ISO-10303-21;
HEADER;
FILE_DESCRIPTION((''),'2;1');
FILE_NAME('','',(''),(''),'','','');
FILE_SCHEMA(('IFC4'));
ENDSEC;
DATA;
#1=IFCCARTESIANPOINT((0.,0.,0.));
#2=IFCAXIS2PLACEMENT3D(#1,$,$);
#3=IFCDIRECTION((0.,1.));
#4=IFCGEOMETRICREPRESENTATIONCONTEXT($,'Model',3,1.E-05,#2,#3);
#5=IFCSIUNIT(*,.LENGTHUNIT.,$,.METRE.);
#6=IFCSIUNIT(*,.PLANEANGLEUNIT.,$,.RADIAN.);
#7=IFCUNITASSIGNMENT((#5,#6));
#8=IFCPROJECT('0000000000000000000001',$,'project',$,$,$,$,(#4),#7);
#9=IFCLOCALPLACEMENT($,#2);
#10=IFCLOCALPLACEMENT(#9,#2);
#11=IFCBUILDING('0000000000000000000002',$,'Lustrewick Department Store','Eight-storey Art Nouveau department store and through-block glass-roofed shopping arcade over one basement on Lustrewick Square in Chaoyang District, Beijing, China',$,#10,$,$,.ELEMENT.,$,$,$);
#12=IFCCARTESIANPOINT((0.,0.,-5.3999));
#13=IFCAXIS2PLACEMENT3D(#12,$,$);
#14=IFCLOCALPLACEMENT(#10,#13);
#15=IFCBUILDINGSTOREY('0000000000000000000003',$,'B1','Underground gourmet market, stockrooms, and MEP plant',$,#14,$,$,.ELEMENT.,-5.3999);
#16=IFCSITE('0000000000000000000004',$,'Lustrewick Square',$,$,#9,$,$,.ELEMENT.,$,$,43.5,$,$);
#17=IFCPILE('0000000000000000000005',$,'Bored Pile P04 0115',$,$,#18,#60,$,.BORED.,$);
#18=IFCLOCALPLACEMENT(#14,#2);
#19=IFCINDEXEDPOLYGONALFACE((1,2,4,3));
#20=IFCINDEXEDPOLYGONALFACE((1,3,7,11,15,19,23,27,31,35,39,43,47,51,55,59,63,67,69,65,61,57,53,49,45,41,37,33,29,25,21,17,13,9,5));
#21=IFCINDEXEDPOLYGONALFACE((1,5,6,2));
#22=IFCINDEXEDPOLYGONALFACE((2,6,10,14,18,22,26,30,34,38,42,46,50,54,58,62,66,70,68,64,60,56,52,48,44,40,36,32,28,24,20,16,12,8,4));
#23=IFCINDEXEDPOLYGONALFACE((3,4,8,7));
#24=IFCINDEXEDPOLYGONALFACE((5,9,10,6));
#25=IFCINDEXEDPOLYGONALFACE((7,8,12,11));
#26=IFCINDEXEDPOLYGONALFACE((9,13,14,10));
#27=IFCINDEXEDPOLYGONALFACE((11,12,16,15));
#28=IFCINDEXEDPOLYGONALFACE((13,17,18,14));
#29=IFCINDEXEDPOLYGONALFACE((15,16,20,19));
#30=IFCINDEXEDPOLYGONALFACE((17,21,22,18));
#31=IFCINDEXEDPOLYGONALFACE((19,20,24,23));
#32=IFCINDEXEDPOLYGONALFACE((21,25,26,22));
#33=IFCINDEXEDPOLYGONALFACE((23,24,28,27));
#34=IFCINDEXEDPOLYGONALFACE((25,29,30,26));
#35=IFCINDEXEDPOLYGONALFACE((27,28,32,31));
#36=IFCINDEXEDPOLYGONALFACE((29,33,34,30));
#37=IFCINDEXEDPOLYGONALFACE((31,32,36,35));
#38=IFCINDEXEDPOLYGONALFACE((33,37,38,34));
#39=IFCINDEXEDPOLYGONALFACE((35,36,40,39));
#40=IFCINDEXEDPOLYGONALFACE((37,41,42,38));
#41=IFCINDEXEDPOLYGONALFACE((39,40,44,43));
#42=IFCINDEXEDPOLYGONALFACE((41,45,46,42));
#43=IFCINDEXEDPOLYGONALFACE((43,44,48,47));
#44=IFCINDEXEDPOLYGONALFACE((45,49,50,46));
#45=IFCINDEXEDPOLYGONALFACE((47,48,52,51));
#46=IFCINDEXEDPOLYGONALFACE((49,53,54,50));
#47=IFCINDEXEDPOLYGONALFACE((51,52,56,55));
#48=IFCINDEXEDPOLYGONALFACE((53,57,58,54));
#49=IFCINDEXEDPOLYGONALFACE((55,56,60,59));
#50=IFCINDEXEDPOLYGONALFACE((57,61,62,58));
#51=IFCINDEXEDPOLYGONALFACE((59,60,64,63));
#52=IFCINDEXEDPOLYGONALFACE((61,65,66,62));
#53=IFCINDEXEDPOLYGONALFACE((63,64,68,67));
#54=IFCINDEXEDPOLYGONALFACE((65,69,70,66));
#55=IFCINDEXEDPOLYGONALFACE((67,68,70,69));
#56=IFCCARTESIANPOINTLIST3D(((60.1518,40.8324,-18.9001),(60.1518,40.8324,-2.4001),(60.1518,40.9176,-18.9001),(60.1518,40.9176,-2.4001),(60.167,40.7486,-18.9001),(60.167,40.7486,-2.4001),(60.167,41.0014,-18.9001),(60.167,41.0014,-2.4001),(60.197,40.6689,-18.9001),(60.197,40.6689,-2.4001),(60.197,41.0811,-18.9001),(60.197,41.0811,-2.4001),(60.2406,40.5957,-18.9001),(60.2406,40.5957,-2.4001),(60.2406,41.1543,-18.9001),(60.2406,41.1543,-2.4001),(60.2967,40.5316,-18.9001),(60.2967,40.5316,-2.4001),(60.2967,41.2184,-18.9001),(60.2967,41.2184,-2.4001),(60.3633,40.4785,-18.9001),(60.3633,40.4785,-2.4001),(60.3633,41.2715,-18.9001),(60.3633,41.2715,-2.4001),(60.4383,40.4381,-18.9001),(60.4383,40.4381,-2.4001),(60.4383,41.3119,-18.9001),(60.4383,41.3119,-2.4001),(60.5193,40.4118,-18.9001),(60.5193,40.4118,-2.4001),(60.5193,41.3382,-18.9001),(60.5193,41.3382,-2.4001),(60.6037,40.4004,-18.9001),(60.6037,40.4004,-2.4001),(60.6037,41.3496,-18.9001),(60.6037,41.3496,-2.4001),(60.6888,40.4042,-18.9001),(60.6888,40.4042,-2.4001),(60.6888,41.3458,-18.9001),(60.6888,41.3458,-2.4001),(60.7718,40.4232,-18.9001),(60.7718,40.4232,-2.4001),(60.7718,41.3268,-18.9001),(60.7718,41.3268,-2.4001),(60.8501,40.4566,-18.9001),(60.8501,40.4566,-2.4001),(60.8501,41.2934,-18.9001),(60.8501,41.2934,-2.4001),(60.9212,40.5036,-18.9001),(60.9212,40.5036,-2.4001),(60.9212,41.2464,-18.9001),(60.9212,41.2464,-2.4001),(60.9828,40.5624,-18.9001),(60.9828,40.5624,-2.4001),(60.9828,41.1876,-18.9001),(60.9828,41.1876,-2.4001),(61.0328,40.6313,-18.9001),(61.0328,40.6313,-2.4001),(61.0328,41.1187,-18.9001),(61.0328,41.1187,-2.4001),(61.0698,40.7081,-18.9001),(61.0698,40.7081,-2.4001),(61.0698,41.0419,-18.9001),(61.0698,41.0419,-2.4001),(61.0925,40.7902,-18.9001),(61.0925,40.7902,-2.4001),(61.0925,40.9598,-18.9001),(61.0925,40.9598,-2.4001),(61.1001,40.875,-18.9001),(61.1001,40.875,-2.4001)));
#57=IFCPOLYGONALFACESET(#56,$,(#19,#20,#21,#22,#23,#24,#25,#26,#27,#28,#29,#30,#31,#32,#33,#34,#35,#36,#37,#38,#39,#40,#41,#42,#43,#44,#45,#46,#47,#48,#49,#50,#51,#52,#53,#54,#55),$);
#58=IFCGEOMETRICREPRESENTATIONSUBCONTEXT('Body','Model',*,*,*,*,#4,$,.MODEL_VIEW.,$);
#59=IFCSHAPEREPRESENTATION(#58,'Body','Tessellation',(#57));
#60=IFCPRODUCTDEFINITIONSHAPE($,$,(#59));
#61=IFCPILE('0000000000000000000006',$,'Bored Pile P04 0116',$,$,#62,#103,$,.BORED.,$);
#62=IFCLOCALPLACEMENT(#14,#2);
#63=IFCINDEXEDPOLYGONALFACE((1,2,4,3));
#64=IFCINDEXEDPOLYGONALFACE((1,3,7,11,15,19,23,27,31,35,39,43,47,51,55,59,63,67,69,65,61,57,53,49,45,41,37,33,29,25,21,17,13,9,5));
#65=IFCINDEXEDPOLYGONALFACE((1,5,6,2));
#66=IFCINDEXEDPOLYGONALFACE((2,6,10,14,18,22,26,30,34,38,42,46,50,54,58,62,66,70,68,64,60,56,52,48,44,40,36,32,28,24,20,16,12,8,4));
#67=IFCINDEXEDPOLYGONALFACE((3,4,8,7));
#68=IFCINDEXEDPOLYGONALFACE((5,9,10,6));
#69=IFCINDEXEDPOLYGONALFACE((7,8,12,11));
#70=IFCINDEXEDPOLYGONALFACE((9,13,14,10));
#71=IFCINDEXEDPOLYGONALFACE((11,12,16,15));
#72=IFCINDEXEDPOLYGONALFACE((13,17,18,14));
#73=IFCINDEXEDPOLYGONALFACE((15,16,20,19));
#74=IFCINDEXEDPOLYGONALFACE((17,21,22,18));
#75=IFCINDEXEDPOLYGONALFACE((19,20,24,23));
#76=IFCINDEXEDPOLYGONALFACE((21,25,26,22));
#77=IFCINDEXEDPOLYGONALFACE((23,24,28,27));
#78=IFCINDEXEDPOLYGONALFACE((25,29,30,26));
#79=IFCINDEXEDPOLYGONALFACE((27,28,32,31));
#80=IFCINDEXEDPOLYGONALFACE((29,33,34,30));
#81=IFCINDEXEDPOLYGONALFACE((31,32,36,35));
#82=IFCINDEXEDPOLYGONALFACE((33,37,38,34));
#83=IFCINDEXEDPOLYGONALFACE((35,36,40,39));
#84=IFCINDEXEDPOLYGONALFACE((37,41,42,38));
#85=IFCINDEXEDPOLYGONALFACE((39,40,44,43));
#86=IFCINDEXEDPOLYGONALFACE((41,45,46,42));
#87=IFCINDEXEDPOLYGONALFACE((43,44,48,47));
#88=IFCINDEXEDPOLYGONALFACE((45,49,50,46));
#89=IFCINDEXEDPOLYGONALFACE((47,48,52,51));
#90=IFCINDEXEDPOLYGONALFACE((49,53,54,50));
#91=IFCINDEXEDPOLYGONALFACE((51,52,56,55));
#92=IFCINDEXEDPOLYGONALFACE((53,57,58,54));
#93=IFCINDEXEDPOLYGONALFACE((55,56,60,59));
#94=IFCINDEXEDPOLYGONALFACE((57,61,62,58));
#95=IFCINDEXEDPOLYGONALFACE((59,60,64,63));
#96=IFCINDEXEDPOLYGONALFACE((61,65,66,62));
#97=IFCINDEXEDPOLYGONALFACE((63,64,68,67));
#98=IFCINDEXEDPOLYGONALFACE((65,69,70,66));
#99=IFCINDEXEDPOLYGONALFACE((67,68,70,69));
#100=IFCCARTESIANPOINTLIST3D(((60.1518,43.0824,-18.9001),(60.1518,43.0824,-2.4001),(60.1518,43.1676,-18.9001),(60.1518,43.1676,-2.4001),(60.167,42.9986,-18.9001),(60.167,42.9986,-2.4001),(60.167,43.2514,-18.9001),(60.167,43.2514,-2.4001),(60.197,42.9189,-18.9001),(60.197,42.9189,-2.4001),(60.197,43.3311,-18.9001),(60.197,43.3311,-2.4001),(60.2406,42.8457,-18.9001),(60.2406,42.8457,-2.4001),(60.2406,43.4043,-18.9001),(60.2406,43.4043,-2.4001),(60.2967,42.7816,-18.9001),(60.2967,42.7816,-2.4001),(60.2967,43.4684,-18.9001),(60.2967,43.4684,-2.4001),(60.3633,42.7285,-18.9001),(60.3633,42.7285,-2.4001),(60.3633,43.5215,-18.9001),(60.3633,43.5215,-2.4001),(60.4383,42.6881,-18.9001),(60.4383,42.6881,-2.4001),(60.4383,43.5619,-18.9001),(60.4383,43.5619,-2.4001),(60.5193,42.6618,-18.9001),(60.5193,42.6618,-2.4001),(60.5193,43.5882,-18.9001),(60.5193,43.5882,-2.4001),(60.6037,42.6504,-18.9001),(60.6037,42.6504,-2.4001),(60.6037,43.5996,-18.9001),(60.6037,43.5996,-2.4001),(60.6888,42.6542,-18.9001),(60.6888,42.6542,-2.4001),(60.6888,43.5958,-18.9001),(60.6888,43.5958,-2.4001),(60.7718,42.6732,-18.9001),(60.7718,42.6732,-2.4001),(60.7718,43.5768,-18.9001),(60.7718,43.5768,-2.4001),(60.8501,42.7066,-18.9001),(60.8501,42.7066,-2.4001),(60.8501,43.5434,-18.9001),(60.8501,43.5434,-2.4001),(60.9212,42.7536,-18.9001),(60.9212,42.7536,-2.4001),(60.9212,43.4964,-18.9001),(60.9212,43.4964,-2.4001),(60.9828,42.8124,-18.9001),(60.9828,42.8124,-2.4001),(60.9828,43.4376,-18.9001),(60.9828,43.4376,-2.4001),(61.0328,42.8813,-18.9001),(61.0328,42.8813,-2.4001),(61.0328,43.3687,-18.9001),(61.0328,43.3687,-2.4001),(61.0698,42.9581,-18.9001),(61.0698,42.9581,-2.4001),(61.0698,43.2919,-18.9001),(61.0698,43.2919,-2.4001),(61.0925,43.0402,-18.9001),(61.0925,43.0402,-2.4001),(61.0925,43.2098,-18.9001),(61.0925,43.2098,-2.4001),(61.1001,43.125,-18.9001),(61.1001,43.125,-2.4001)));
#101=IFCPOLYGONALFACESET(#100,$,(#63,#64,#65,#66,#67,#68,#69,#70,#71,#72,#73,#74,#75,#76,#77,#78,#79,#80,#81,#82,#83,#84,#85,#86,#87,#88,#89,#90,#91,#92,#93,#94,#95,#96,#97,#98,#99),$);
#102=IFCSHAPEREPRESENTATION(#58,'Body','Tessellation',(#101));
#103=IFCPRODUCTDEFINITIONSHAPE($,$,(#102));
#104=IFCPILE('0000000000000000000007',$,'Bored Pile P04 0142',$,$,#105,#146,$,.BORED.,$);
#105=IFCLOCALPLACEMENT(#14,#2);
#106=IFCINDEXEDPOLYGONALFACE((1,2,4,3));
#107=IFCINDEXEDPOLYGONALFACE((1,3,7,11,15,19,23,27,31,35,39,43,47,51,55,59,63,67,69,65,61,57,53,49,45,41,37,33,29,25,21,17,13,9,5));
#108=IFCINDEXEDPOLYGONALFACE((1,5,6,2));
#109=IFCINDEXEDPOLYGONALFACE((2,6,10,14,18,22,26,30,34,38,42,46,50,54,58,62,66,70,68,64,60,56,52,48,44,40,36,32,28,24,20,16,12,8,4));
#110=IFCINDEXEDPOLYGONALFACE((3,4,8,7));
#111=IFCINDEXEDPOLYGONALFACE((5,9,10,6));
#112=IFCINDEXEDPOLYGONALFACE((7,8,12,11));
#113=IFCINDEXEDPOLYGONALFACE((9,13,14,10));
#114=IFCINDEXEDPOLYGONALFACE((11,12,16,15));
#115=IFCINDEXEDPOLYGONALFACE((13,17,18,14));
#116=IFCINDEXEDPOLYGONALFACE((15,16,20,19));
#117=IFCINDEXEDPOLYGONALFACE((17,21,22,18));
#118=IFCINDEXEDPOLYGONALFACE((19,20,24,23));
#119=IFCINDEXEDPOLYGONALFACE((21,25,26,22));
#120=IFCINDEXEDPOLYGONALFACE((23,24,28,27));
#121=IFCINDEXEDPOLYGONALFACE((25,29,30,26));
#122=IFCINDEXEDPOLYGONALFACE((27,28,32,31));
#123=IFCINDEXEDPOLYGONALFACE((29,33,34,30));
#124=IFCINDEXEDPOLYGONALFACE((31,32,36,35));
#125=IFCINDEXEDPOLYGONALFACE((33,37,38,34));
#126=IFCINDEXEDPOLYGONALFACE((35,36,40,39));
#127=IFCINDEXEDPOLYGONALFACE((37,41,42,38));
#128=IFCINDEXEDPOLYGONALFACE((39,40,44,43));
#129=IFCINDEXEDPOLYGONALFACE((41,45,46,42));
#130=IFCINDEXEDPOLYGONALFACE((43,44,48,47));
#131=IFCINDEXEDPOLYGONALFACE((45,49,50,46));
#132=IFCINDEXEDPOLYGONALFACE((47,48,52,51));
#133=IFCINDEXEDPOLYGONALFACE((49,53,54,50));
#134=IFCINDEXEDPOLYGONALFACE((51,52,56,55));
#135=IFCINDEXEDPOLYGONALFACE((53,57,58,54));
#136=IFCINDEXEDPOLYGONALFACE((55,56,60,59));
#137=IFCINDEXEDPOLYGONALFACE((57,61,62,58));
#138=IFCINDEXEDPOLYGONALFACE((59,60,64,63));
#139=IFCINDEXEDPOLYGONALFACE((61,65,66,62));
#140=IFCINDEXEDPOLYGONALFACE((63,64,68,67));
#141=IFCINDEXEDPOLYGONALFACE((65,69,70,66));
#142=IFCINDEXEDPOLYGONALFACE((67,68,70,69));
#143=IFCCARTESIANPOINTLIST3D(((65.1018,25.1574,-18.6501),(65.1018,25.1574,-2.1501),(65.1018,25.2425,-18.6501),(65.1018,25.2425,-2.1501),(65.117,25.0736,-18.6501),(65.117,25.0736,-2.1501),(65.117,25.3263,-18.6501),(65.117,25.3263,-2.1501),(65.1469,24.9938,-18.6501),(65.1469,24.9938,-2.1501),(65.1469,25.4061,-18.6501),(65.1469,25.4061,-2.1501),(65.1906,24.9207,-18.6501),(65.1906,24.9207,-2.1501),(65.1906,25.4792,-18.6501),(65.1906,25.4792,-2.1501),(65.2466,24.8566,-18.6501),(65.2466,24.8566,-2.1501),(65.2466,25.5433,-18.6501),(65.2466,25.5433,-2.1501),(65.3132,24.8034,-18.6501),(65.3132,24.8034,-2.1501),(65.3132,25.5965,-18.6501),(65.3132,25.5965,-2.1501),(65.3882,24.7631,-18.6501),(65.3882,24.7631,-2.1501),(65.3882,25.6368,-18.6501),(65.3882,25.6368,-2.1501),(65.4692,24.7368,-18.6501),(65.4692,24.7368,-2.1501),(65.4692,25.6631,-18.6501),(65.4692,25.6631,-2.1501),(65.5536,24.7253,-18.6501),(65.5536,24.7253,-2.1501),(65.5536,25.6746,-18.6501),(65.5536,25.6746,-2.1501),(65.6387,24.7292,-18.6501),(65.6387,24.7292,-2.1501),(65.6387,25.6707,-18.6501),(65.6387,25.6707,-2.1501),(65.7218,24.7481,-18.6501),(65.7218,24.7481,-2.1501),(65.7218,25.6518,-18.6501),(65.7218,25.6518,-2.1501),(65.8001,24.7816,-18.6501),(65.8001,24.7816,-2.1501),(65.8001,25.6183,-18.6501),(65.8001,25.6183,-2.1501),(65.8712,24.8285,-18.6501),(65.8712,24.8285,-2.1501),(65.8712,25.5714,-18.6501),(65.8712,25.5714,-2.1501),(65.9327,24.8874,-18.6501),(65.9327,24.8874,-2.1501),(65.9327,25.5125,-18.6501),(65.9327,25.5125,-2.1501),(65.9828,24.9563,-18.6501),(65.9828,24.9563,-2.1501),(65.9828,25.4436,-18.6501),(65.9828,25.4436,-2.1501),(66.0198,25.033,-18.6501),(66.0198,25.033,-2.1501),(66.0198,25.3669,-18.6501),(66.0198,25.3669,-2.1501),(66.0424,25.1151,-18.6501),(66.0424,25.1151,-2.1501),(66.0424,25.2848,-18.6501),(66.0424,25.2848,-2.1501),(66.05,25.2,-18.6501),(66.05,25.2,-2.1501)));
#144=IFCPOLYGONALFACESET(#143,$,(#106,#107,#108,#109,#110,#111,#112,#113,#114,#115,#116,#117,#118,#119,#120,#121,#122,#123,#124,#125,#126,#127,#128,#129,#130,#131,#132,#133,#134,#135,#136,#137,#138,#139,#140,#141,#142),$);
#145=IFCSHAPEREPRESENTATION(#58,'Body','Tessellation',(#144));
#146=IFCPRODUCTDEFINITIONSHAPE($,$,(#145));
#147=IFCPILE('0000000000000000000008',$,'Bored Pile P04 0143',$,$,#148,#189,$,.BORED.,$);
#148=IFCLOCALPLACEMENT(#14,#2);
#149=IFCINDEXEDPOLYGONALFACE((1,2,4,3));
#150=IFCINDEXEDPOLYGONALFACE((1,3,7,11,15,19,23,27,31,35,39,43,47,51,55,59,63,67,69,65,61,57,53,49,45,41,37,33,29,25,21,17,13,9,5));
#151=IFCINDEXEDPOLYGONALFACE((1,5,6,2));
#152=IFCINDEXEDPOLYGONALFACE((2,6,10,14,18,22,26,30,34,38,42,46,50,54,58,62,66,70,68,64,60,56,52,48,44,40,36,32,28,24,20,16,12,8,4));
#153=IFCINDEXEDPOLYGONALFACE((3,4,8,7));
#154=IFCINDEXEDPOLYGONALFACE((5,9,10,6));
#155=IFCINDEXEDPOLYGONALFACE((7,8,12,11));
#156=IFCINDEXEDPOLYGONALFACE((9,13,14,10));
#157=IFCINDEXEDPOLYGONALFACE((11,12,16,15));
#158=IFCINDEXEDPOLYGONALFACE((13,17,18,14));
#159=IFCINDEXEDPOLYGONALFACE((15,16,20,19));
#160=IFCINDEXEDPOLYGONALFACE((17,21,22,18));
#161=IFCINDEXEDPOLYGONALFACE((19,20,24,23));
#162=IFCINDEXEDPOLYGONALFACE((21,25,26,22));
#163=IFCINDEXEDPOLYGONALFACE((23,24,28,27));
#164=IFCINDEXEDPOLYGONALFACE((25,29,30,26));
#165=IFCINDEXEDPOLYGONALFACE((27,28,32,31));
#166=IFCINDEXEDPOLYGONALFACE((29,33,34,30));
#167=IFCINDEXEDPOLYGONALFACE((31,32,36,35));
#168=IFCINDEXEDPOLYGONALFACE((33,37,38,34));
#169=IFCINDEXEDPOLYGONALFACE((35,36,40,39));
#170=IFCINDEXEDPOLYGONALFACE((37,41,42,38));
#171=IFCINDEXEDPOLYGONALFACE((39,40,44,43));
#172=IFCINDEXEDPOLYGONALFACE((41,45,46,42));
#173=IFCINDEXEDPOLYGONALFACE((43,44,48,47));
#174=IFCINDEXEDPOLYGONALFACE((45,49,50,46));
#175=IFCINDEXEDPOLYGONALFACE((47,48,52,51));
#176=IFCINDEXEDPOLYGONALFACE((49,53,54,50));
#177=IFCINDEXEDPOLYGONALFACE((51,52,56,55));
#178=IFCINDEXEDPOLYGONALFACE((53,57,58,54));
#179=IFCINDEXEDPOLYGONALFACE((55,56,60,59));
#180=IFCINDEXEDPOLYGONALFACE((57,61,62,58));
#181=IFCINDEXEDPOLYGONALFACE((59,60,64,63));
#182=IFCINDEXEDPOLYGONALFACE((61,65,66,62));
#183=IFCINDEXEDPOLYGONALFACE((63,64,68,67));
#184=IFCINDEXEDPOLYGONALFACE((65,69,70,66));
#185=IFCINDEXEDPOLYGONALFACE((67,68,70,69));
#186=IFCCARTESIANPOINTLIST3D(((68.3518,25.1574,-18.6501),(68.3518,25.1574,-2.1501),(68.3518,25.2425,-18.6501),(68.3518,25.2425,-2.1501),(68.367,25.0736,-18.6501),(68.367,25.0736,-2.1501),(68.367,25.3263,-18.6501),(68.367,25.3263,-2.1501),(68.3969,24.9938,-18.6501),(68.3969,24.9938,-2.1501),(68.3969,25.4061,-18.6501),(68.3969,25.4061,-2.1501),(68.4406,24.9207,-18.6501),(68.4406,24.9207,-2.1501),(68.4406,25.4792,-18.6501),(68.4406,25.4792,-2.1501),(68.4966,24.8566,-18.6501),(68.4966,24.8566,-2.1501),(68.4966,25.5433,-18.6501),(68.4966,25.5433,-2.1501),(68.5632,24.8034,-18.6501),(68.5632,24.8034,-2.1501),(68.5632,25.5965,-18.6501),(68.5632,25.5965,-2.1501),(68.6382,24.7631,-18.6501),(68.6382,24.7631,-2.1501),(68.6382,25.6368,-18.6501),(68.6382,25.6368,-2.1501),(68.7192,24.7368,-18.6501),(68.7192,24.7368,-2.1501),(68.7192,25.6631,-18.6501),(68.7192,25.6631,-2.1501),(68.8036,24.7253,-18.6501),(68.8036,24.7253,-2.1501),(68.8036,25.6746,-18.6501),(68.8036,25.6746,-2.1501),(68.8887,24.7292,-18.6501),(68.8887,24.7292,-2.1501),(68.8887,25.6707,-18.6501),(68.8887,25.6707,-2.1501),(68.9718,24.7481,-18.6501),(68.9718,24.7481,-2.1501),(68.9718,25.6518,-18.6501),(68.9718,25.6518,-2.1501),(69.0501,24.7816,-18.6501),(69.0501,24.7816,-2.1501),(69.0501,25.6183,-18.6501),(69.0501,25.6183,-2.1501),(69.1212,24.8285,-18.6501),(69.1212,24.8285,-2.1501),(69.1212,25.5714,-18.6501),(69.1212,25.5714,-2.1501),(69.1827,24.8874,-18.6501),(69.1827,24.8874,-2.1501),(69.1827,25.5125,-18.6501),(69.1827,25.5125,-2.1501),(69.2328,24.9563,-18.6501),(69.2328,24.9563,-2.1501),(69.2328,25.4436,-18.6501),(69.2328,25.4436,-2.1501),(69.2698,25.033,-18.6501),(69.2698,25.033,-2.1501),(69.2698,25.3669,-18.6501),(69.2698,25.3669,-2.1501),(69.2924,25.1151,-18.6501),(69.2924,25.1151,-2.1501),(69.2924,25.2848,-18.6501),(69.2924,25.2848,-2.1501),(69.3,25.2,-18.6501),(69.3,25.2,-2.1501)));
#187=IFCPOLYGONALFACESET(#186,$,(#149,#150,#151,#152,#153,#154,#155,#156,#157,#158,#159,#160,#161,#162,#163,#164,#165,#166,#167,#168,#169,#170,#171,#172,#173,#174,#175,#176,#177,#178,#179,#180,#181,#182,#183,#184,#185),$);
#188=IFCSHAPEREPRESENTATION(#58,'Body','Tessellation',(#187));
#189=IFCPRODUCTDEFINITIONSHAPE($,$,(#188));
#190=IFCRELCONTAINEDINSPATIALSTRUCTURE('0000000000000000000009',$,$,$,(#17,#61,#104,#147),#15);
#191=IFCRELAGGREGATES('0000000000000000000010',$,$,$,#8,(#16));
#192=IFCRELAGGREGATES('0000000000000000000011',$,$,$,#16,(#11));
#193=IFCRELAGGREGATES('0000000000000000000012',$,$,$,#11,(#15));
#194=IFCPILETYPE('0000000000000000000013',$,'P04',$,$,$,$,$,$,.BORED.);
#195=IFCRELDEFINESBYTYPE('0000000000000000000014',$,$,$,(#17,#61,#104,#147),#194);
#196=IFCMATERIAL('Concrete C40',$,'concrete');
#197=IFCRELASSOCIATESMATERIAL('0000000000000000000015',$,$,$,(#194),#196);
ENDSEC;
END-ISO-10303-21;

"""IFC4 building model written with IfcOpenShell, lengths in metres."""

from ifc_helpers import new_model, si_unit, direction, frame, origin, origin_2d, place, context, subcontext, project, spatial, circle, extrude, material, material_profile, profile_set, type_object, element, save


model = new_model("IFC4")

# Units and contexts
model_context = context("Model", 3, precision=1e-05, world=origin(), true_north=direction((0.0, 1.0)))
body_context = subcontext(model_context, "Body", "Model", "MODEL_VIEW")
ifc_project = project(units=[si_unit("LENGTHUNIT", "METRE"), si_unit("PLANEANGLEUNIT", "RADIAN")], contexts=[model_context])

# Site, building, storey
site_placement = place(None, origin())
site = spatial("IfcSite", under=ifc_project, at=site_placement, Name="Lustrewick Square", CompositionType="ELEMENT", RefElevation=43.5)
building_placement = place(site_placement, origin())
building = spatial("IfcBuilding", under=site, at=building_placement, Name="Lustrewick Department Store", Description="Eight-storey Art Nouveau department store and through-block glass-roofed shopping arcade over one basement on Lustrewick Square in Chaoyang District, Beijing, China", CompositionType="ELEMENT")
storey_placement = place(building_placement, frame((0.0, 0.0, -5.3999)))
storey = spatial("IfcBuildingStorey", under=building, at=storey_placement, Name="B1", Description="Underground gourmet market, stockrooms, and MEP plant", CompositionType="ELEMENT", Elevation=-5.3999)

# Piles
ifc_material_1 = material(Name="Concrete C40", Category="concrete")
ifc_material_profile_1 = material_profile(ifc_material_1, circle(Radius=0.4751, at=origin_2d()), Name="PILE D950")
ifc_profile_set_1 = profile_set([ifc_material_profile_1], Name="Concrete C40")
pile_type_1 = type_object("IfcPileType", Name="P04", PredefinedType="BORED", material=ifc_profile_set_1)
for number, where, z_axis, x_axis, name in (
    (1, (60.625, 40.875, -2.4001), (0.0, 0.0, -1.0), (1.0, 0.0, 0.0), "Bored Pile P04 0115"),
    (2, (60.625, 43.125, -2.4001), (0.0, 0.0, -1.0), (1.0, 0.0, 0.0), "Bored Pile P04 0116"),
    (3, (65.575, 25.2, -2.1501), (0.0, 0.0, -1.0), (1.0, 0.0, 0.0), "Bored Pile P04 0142"),
    (4, (68.825, 25.2, -2.1501), (0.0, 0.0, -1.0), (1.0, 0.0, 0.0), "Bored Pile P04 0143"),
):
    element("IfcPile", number, at=place(storey_placement, frame(where, z_axis=z_axis, x_axis=x_axis)), inside=storey, type_object=pile_type_1, Name=name, PredefinedType="BORED", context=body_context, shape_type="SweptSolid", body=[
        extrude(circle(Radius=0.4751, at=origin_2d()), origin(), (0.0, 0.0, 1.0), 16.5),
    ])

save(model, "model.ifc")
